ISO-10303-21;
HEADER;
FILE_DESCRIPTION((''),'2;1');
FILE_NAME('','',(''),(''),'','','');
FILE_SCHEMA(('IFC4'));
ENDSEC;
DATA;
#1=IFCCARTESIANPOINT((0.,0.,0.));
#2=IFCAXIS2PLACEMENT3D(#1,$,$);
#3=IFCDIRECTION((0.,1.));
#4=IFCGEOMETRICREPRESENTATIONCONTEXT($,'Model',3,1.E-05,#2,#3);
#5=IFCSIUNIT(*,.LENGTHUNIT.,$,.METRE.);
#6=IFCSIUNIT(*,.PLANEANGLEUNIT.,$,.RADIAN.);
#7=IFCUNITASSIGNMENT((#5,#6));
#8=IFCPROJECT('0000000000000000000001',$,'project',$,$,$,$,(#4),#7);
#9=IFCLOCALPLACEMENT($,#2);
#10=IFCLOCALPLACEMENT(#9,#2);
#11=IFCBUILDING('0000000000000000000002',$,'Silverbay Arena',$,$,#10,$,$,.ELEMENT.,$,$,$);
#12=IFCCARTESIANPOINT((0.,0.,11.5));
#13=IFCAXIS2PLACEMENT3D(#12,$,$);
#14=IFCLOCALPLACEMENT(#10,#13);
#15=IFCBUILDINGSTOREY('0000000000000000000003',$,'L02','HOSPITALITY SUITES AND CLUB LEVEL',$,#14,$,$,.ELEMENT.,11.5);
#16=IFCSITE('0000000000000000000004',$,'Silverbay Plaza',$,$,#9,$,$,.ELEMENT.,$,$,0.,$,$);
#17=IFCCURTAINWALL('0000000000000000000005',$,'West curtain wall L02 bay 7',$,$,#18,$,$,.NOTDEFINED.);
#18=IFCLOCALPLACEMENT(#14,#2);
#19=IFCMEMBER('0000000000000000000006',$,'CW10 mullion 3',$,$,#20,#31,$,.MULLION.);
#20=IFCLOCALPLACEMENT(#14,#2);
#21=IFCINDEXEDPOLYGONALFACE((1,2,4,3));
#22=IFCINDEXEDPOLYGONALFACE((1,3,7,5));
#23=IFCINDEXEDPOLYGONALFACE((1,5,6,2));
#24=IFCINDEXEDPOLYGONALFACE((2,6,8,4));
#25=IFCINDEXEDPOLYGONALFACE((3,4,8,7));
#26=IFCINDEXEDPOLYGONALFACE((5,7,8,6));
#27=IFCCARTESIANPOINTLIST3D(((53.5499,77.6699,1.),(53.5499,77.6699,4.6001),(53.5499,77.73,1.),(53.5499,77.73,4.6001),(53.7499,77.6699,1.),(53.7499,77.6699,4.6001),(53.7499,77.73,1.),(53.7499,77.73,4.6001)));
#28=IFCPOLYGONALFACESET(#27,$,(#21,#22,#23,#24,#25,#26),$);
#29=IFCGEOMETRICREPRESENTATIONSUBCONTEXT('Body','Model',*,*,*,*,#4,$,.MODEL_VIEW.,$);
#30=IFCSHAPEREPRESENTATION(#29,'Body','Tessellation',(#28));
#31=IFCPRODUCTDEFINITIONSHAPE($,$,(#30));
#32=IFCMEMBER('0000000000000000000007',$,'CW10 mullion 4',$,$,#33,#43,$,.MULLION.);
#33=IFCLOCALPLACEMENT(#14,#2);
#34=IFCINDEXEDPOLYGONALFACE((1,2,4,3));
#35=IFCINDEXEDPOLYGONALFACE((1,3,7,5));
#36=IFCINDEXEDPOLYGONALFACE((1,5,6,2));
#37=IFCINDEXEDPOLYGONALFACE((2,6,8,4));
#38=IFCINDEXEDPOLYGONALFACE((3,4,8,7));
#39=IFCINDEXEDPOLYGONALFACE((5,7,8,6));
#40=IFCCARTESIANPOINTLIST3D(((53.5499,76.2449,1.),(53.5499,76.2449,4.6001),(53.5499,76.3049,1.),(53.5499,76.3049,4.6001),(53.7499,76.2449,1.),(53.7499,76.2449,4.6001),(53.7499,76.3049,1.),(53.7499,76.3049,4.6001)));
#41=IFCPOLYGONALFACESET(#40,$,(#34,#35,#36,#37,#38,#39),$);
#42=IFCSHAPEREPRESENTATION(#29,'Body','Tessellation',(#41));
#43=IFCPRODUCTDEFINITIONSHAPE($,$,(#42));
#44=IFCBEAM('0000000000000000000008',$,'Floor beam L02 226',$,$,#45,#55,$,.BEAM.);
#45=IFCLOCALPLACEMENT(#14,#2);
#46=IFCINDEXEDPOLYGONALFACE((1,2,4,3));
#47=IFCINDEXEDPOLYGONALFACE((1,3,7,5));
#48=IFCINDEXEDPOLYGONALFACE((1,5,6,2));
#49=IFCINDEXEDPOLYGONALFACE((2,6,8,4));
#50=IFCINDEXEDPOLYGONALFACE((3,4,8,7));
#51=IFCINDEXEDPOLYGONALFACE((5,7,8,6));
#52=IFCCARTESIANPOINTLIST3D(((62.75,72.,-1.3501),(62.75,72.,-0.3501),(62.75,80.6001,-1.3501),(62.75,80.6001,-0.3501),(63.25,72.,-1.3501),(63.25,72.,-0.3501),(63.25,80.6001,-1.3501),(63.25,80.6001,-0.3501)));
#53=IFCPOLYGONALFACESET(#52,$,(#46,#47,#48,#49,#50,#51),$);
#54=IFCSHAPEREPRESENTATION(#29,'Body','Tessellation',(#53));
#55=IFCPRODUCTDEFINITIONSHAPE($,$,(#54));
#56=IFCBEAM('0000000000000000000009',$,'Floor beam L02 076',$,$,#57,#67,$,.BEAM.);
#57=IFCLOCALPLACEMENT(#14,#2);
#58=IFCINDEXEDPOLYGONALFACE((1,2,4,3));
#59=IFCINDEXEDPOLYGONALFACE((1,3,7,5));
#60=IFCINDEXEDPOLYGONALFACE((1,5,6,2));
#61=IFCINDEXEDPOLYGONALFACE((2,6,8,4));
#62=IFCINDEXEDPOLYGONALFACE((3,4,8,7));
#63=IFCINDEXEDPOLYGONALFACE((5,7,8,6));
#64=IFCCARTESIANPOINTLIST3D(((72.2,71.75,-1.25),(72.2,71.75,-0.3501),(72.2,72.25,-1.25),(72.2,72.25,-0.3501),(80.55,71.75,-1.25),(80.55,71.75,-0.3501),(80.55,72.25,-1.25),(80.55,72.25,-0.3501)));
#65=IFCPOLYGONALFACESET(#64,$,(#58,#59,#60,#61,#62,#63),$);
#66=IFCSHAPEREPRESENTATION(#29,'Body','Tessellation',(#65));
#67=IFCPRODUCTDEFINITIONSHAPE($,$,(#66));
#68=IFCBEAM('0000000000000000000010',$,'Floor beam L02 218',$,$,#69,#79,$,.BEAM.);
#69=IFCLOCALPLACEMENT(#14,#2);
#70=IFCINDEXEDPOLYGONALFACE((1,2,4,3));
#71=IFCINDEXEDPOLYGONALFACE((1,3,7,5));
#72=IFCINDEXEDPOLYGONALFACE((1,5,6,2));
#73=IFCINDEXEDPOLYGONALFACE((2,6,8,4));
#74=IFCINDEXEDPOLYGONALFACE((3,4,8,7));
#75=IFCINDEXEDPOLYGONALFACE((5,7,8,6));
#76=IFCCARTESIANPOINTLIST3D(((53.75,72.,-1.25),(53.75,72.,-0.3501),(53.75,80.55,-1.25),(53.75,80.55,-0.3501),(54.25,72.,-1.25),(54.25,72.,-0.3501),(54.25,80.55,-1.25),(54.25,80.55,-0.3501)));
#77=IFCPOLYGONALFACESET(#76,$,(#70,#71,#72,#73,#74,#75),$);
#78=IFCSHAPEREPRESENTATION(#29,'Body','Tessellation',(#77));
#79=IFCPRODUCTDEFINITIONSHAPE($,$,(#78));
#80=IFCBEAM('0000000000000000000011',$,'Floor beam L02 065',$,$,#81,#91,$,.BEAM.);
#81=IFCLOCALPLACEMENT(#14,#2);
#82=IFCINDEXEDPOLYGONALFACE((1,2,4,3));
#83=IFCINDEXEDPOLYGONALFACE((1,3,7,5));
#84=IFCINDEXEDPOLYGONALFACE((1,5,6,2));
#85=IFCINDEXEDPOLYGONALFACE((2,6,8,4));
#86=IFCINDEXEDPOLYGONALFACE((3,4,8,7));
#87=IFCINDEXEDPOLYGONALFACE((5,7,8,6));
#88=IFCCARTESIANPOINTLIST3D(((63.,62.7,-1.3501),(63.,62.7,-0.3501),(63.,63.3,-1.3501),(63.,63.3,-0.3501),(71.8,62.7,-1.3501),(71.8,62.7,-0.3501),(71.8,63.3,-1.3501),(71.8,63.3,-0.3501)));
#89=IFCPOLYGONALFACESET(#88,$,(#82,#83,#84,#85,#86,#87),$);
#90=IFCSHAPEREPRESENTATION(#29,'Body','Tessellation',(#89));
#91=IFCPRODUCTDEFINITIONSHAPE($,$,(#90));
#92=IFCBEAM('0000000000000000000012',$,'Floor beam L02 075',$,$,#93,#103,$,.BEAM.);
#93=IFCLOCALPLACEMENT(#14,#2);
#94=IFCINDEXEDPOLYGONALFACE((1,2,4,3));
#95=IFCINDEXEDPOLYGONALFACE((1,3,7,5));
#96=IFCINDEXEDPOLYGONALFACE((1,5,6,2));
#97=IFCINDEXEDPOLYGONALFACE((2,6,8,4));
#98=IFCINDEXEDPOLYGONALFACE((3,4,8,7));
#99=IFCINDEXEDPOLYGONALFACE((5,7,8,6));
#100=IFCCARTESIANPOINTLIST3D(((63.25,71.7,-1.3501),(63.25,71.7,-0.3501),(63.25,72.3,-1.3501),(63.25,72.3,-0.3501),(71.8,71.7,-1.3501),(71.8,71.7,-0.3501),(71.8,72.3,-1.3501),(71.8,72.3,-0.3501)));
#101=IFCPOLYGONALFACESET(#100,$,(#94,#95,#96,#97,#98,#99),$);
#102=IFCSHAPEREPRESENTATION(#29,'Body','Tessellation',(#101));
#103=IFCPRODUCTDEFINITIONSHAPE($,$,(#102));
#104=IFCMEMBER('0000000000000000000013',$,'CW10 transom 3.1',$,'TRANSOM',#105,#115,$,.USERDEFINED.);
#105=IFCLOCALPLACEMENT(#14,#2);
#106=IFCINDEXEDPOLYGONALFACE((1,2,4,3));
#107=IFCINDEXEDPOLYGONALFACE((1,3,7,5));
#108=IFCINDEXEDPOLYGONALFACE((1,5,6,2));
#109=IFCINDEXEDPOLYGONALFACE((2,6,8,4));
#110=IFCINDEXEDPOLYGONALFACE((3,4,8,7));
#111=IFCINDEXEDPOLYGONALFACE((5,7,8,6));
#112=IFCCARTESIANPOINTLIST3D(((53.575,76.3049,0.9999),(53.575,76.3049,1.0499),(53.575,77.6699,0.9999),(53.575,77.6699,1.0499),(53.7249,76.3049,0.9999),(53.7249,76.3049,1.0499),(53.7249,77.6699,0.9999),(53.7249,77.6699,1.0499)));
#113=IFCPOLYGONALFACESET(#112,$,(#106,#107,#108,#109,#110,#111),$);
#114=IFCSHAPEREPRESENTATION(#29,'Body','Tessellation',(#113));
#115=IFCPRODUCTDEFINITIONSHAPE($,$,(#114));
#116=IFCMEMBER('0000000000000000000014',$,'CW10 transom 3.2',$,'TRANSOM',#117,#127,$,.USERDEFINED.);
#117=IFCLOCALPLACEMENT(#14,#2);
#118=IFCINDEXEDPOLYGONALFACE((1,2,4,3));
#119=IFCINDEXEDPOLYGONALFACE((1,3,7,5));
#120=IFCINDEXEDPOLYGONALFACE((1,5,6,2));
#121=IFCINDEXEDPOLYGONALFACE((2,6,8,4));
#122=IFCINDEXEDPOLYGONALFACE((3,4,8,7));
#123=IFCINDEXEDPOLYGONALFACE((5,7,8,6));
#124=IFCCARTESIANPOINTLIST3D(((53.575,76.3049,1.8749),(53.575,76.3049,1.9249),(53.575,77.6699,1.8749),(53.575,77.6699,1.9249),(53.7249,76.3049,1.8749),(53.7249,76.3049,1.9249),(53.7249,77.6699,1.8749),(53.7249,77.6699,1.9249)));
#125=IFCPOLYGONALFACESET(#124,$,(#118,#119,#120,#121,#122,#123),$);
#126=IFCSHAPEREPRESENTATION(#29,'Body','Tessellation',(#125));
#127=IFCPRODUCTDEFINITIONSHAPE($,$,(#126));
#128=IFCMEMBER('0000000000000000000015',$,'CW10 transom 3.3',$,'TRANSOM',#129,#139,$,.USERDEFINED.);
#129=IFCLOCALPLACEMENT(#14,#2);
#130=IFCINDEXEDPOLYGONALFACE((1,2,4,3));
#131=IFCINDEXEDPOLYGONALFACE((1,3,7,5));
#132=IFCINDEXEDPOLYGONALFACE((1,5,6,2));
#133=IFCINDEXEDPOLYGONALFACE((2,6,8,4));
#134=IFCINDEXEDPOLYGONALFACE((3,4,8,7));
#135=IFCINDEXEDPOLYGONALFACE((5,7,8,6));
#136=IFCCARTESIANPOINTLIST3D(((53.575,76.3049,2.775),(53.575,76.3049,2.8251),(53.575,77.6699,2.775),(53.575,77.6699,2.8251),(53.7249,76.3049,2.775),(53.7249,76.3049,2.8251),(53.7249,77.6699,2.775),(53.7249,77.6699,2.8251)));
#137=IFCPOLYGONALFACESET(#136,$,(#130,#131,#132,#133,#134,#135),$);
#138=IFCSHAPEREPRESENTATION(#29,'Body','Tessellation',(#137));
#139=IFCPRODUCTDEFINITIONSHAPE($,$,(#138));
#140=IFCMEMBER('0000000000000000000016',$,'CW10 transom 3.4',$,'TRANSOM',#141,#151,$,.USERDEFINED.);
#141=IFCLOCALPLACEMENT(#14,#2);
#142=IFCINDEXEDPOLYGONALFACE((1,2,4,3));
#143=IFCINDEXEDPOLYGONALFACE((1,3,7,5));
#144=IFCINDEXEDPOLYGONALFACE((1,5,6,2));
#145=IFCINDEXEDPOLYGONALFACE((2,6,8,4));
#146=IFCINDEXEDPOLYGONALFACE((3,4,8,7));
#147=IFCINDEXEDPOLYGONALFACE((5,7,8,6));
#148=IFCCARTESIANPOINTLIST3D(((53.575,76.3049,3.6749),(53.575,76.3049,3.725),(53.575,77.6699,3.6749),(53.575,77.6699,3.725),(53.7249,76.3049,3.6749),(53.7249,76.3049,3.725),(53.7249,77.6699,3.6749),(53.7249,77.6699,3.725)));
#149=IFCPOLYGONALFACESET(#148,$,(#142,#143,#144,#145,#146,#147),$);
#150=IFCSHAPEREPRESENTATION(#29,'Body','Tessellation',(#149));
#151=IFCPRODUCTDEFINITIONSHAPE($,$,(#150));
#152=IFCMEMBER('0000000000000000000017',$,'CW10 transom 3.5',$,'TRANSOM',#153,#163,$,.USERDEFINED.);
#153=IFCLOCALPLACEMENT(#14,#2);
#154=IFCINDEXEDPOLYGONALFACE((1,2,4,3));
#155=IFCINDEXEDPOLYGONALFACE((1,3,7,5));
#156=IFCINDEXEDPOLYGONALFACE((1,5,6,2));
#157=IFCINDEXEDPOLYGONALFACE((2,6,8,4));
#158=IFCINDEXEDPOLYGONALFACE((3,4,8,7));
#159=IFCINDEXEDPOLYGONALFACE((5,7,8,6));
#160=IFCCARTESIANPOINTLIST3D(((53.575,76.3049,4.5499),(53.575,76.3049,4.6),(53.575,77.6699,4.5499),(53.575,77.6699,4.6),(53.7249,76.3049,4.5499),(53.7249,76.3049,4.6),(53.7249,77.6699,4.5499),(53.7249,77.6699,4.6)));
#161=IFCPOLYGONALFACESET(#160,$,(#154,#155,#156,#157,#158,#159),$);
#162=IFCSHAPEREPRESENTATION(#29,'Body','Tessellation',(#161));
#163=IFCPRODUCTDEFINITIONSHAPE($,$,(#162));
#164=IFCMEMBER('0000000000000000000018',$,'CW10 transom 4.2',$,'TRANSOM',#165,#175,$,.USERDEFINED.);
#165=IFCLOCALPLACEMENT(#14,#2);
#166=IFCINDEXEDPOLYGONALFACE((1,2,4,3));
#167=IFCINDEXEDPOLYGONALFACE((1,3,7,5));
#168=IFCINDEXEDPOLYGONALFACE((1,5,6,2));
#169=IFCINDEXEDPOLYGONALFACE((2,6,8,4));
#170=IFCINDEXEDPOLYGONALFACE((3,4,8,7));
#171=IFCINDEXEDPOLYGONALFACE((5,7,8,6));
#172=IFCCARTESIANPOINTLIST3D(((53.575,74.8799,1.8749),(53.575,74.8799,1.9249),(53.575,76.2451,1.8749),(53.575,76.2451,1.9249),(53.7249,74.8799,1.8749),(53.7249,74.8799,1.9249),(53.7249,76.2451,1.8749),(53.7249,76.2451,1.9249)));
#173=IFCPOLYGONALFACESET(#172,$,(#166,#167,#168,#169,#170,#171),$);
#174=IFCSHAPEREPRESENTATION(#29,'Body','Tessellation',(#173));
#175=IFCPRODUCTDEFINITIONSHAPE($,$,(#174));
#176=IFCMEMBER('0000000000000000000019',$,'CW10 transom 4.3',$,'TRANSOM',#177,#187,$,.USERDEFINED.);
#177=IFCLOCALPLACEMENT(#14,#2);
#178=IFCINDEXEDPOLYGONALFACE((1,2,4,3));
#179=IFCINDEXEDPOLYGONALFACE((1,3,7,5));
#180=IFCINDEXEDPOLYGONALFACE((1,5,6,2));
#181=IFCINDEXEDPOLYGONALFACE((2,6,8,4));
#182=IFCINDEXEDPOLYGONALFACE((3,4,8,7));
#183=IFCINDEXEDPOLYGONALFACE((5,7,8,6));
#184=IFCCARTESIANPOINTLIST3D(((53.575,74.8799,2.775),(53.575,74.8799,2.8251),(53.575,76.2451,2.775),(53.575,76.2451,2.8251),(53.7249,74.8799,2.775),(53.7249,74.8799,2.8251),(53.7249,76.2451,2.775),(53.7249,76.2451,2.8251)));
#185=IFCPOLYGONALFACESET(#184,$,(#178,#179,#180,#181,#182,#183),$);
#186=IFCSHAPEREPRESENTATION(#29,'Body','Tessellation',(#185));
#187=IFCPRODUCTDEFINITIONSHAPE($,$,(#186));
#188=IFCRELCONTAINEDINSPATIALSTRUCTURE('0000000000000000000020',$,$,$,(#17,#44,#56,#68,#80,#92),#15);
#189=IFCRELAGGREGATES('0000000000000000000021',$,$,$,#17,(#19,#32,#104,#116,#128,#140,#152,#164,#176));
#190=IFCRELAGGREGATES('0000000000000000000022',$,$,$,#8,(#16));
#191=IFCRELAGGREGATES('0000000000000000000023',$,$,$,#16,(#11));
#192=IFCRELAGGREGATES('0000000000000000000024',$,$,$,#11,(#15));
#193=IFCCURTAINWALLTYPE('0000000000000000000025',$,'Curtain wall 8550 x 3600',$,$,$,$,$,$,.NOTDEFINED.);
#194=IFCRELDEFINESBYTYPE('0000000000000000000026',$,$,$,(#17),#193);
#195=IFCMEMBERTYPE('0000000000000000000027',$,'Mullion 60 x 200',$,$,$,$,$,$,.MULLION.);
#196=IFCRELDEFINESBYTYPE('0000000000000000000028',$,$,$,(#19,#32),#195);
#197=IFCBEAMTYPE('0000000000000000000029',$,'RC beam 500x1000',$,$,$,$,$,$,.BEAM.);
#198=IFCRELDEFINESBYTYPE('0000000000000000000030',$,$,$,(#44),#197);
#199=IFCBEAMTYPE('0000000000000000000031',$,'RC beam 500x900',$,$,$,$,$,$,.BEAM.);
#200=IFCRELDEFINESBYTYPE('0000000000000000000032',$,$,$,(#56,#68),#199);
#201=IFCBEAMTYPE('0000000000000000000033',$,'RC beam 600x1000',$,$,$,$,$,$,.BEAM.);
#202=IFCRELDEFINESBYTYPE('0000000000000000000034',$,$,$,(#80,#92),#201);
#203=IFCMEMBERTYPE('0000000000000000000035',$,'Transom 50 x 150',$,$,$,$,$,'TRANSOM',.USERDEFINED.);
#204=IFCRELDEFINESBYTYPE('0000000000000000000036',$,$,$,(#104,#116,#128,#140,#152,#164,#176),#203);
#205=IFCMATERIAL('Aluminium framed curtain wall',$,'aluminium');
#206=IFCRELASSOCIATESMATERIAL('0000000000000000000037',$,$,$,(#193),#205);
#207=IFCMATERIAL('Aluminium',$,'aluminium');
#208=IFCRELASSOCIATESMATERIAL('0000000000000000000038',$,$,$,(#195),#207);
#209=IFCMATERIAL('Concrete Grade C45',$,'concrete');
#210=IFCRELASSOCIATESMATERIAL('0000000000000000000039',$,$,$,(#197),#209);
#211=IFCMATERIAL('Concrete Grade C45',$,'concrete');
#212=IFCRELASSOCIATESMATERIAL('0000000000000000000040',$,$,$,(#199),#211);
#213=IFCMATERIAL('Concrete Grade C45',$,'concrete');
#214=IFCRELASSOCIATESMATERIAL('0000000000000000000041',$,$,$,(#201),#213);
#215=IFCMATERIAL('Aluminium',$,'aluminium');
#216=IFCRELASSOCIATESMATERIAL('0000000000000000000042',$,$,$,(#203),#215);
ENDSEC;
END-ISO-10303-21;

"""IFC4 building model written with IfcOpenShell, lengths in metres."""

from ifc_helpers import new_model, si_unit, direction, frame, origin, origin_2d, place, context, subcontext, project, spatial, rectangle, extrude, material, material_profile, profile_set, type_object, element, aggregate, save


model = new_model("IFC4")

# Units and contexts
model_context = context("Model", 3, precision=1e-05, world=origin(), true_north=direction((0.0, 1.0)))
body_context = subcontext(model_context, "Body", "Model", "MODEL_VIEW")
ifc_project = project(units=[si_unit("LENGTHUNIT", "METRE"), si_unit("PLANEANGLEUNIT", "RADIAN")], contexts=[model_context])

# Site, building, storey
site_placement = place(None, origin())
site = spatial("IfcSite", under=ifc_project, at=site_placement, Name="Silverbay Plaza", CompositionType="ELEMENT", RefElevation=0.0)
building_placement = place(site_placement, origin())
building = spatial("IfcBuilding", under=site, at=building_placement, Name="Silverbay Arena", CompositionType="ELEMENT")
storey_placement = place(building_placement, frame((0.0, 0.0, 11.5)))
storey = spatial("IfcBuildingStorey", under=building, at=storey_placement, Name="L02", Description="HOSPITALITY SUITES AND CLUB LEVEL", CompositionType="ELEMENT", Elevation=11.5)

# Curtain wall, members
ifc_material_1 = material(Name="Aluminium framed curtain wall", Category="aluminium")
curtain_wall_type = type_object("IfcCurtainWallType", Name="Curtain wall 8550 x 3600", PredefinedType="NOTDEFINED", material=ifc_material_1)
curtain_wall_placement = place(storey_placement, origin())
curtain_wall = element("IfcCurtainWall", 1, at=curtain_wall_placement, inside=storey, type_object=curtain_wall_type, Name="West curtain wall L02 bay 7", PredefinedType="NOTDEFINED")
ifc_material_2 = material(Name="Aluminium", Category="aluminium")
ifc_material_profile_1 = material_profile(ifc_material_2, rectangle(XDim=0.2, YDim=0.0601, at=origin_2d()), Name="Mullion 60 x 200")
ifc_profile_set_1 = profile_set([ifc_material_profile_1], Name="Aluminium")
member_type_1 = type_object("IfcMemberType", Name="Mullion 60 x 200", PredefinedType="MULLION", material=ifc_profile_set_1)
member_1_placement = place(storey_placement, frame((53.6499, 77.7, 1.0), z_axis=(0.0, 0.0, 1.0), x_axis=(1.0, 0.0, 0.0)))
member_1 = element("IfcMember", 2, at=member_1_placement, type_object=member_type_1, Name="CW10 mullion 3", PredefinedType="MULLION", context=body_context, shape_type="SweptSolid", body=[
    extrude(rectangle(XDim=0.2, YDim=0.0601, at=origin_2d()), origin(), (0.0, 0.0, 1.0), 3.6001),
])
member_2_placement = place(storey_placement, frame((53.6499, 76.2749, 1.0), z_axis=(0.0, 0.0, 1.0), x_axis=(1.0, 0.0, 0.0)))
member_2 = element("IfcMember", 3, at=member_2_placement, type_object=member_type_1, Name="CW10 mullion 4", PredefinedType="MULLION", context=body_context, shape_type="SweptSolid", body=[
    extrude(rectangle(XDim=0.2, YDim=0.0601, at=origin_2d()), origin(), (0.0, 0.0, 1.0), 3.6001),
])

# Beams
ifc_material_3 = material(Name="Concrete Grade C45", Category="concrete")
ifc_material_profile_2 = material_profile(ifc_material_3, rectangle(XDim=0.5, YDim=1.0, at=origin_2d()), Name="RC 500x1000")
ifc_profile_set_2 = profile_set([ifc_material_profile_2], Name="Concrete Grade C45")
beam_type_1 = type_object("IfcBeamType", Name="RC beam 500x1000", PredefinedType="BEAM", material=ifc_profile_set_2)
beam_1_placement = place(storey_placement, frame((63.0, 72.0, -0.8501), z_axis=(0.0, 1.0, 0.0), x_axis=(-1.0, 0.0, 0.0)))
element("IfcBeam", 4, at=beam_1_placement, inside=storey, type_object=beam_type_1, Name="Floor beam L02 226", PredefinedType="BEAM", context=body_context, shape_type="SweptSolid", body=[
    extrude(rectangle(XDim=0.5, YDim=1.0, at=origin_2d()), origin(), (0.0, 0.0, 1.0), 8.6001),
])
ifc_material_4 = material(Name="Concrete Grade C45", Category="concrete")
ifc_material_profile_3 = material_profile(ifc_material_4, rectangle(XDim=0.5, YDim=0.8999, at=origin_2d()), Name="RC 500x900")
ifc_profile_set_3 = profile_set([ifc_material_profile_3], Name="Concrete Grade C45")
beam_type_2 = type_object("IfcBeamType", Name="RC beam 500x900", PredefinedType="BEAM", material=ifc_profile_set_3)
beam_2_placement = place(storey_placement, frame((72.2, 72.0, -0.8), z_axis=(1.0, 0.0, 0.0), x_axis=(0.0, 1.0, 0.0)))
element("IfcBeam", 5, at=beam_2_placement, inside=storey, type_object=beam_type_2, Name="Floor beam L02 076", PredefinedType="BEAM", context=body_context, shape_type="SweptSolid", body=[
    extrude(rectangle(XDim=0.5, YDim=0.8999, at=origin_2d()), origin(), (0.0, 0.0, 1.0), 8.3501),
])
beam_3_placement = place(storey_placement, frame((54.0, 72.0, -0.8), z_axis=(0.0, 1.0, 0.0), x_axis=(-1.0, 0.0, 0.0)))
element("IfcBeam", 6, at=beam_3_placement, inside=storey, type_object=beam_type_2, Name="Floor beam L02 218", PredefinedType="BEAM", context=body_context, shape_type="SweptSolid", body=[
    extrude(rectangle(XDim=0.5, YDim=0.8999, at=origin_2d()), origin(), (0.0, 0.0, 1.0), 8.55),
])
ifc_material_5 = material(Name="Concrete Grade C45", Category="concrete")
ifc_material_profile_4 = material_profile(ifc_material_5, rectangle(XDim=0.6001, YDim=1.0, at=origin_2d()), Name="RC 600x1000")
ifc_profile_set_4 = profile_set([ifc_material_profile_4], Name="Concrete Grade C45")
beam_type_3 = type_object("IfcBeamType", Name="RC beam 600x1000", PredefinedType="BEAM", material=ifc_profile_set_4)
beam_4_placement = place(storey_placement, frame((63.0, 63.0, -0.8501), z_axis=(1.0, 0.0, 0.0), x_axis=(0.0, 1.0, 0.0)))
element("IfcBeam", 7, at=beam_4_placement, inside=storey, type_object=beam_type_3, Name="Floor beam L02 065", PredefinedType="BEAM", context=body_context, shape_type="SweptSolid", body=[
    extrude(rectangle(XDim=0.6001, YDim=1.0, at=origin_2d()), origin(), (0.0, 0.0, 1.0), 8.8),
])
beam_5_placement = place(storey_placement, frame((63.25, 72.0, -0.8501), z_axis=(1.0, 0.0, 0.0), x_axis=(0.0, 1.0, 0.0)))
element("IfcBeam", 8, at=beam_5_placement, inside=storey, type_object=beam_type_3, Name="Floor beam L02 075", PredefinedType="BEAM", context=body_context, shape_type="SweptSolid", body=[
    extrude(rectangle(XDim=0.6001, YDim=1.0, at=origin_2d()), origin(), (0.0, 0.0, 1.0), 8.55),
])

# Members
ifc_material_6 = material(Name="Aluminium", Category="aluminium")
ifc_material_profile_5 = material_profile(ifc_material_6, rectangle(XDim=0.1499, YDim=0.05, at=origin_2d()), Name="Transom 50 x 150")
ifc_profile_set_5 = profile_set([ifc_material_profile_5], Name="Aluminium")
member_type_2 = type_object("IfcMemberType", Name="Transom 50 x 150", ElementType="TRANSOM", PredefinedType="USERDEFINED", material=ifc_profile_set_5)
member_3_placement = place(storey_placement, frame((53.6499, 77.6699, 1.0249), z_axis=(0.0, -1.0, 0.0), x_axis=(1.0, 0.0, 0.0)))
member_3 = element("IfcMember", 9, at=member_3_placement, type_object=member_type_2, Name="CW10 transom 3.1", ObjectType="TRANSOM", PredefinedType="USERDEFINED", context=body_context, shape_type="SweptSolid", body=[
    extrude(rectangle(XDim=0.1499, YDim=0.05, at=origin_2d()), origin(), (0.0, 0.0, 1.0), 1.365),
])
member_4_placement = place(storey_placement, frame((53.6499, 77.6699, 1.8999), z_axis=(0.0, -1.0, 0.0), x_axis=(1.0, 0.0, 0.0)))
member_4 = element("IfcMember", 10, at=member_4_placement, type_object=member_type_2, Name="CW10 transom 3.2", ObjectType="TRANSOM", PredefinedType="USERDEFINED", context=body_context, shape_type="SweptSolid", body=[
    extrude(rectangle(XDim=0.1499, YDim=0.05, at=origin_2d()), origin(), (0.0, 0.0, 1.0), 1.365),
])
member_5_placement = place(storey_placement, frame((53.6499, 77.6699, 2.8), z_axis=(0.0, -1.0, 0.0), x_axis=(1.0, 0.0, 0.0)))
member_5 = element("IfcMember", 11, at=member_5_placement, type_object=member_type_2, Name="CW10 transom 3.3", ObjectType="TRANSOM", PredefinedType="USERDEFINED", context=body_context, shape_type="SweptSolid", body=[
    extrude(rectangle(XDim=0.1499, YDim=0.05, at=origin_2d()), origin(), (0.0, 0.0, 1.0), 1.365),
])
member_6_placement = place(storey_placement, frame((53.6499, 77.6699, 3.7), z_axis=(0.0, -1.0, 0.0), x_axis=(1.0, 0.0, 0.0)))
member_6 = element("IfcMember", 12, at=member_6_placement, type_object=member_type_2, Name="CW10 transom 3.4", ObjectType="TRANSOM", PredefinedType="USERDEFINED", context=body_context, shape_type="SweptSolid", body=[
    extrude(rectangle(XDim=0.1499, YDim=0.05, at=origin_2d()), origin(), (0.0, 0.0, 1.0), 1.365),
])
member_7_placement = place(storey_placement, frame((53.6499, 77.6699, 4.575), z_axis=(0.0, -1.0, 0.0), x_axis=(1.0, 0.0, 0.0)))
member_7 = element("IfcMember", 13, at=member_7_placement, type_object=member_type_2, Name="CW10 transom 3.5", ObjectType="TRANSOM", PredefinedType="USERDEFINED", context=body_context, shape_type="SweptSolid", body=[
    extrude(rectangle(XDim=0.1499, YDim=0.05, at=origin_2d()), origin(), (0.0, 0.0, 1.0), 1.365),
])
member_8_placement = place(storey_placement, frame((53.6499, 76.2451, 1.8999), z_axis=(0.0, -1.0, 0.0), x_axis=(1.0, 0.0, 0.0)))
member_8 = element("IfcMember", 14, at=member_8_placement, type_object=member_type_2, Name="CW10 transom 4.2", ObjectType="TRANSOM", PredefinedType="USERDEFINED", context=body_context, shape_type="SweptSolid", body=[
    extrude(rectangle(XDim=0.1499, YDim=0.05, at=origin_2d()), origin(), (0.0, 0.0, 1.0), 1.3652),
])
member_9_placement = place(storey_placement, frame((53.6499, 76.2451, 2.8), z_axis=(0.0, -1.0, 0.0), x_axis=(1.0, 0.0, 0.0)))
member_9 = element("IfcMember", 15, at=member_9_placement, type_object=member_type_2, Name="CW10 transom 4.3", ObjectType="TRANSOM", PredefinedType="USERDEFINED", context=body_context, shape_type="SweptSolid", body=[
    extrude(rectangle(XDim=0.1499, YDim=0.05, at=origin_2d()), origin(), (0.0, 0.0, 1.0), 1.3652),
])

aggregate(curtain_wall, [member_1, member_2, member_3, member_4, member_5, member_6, member_7, member_8, member_9])

save(model, "model.ifc")
